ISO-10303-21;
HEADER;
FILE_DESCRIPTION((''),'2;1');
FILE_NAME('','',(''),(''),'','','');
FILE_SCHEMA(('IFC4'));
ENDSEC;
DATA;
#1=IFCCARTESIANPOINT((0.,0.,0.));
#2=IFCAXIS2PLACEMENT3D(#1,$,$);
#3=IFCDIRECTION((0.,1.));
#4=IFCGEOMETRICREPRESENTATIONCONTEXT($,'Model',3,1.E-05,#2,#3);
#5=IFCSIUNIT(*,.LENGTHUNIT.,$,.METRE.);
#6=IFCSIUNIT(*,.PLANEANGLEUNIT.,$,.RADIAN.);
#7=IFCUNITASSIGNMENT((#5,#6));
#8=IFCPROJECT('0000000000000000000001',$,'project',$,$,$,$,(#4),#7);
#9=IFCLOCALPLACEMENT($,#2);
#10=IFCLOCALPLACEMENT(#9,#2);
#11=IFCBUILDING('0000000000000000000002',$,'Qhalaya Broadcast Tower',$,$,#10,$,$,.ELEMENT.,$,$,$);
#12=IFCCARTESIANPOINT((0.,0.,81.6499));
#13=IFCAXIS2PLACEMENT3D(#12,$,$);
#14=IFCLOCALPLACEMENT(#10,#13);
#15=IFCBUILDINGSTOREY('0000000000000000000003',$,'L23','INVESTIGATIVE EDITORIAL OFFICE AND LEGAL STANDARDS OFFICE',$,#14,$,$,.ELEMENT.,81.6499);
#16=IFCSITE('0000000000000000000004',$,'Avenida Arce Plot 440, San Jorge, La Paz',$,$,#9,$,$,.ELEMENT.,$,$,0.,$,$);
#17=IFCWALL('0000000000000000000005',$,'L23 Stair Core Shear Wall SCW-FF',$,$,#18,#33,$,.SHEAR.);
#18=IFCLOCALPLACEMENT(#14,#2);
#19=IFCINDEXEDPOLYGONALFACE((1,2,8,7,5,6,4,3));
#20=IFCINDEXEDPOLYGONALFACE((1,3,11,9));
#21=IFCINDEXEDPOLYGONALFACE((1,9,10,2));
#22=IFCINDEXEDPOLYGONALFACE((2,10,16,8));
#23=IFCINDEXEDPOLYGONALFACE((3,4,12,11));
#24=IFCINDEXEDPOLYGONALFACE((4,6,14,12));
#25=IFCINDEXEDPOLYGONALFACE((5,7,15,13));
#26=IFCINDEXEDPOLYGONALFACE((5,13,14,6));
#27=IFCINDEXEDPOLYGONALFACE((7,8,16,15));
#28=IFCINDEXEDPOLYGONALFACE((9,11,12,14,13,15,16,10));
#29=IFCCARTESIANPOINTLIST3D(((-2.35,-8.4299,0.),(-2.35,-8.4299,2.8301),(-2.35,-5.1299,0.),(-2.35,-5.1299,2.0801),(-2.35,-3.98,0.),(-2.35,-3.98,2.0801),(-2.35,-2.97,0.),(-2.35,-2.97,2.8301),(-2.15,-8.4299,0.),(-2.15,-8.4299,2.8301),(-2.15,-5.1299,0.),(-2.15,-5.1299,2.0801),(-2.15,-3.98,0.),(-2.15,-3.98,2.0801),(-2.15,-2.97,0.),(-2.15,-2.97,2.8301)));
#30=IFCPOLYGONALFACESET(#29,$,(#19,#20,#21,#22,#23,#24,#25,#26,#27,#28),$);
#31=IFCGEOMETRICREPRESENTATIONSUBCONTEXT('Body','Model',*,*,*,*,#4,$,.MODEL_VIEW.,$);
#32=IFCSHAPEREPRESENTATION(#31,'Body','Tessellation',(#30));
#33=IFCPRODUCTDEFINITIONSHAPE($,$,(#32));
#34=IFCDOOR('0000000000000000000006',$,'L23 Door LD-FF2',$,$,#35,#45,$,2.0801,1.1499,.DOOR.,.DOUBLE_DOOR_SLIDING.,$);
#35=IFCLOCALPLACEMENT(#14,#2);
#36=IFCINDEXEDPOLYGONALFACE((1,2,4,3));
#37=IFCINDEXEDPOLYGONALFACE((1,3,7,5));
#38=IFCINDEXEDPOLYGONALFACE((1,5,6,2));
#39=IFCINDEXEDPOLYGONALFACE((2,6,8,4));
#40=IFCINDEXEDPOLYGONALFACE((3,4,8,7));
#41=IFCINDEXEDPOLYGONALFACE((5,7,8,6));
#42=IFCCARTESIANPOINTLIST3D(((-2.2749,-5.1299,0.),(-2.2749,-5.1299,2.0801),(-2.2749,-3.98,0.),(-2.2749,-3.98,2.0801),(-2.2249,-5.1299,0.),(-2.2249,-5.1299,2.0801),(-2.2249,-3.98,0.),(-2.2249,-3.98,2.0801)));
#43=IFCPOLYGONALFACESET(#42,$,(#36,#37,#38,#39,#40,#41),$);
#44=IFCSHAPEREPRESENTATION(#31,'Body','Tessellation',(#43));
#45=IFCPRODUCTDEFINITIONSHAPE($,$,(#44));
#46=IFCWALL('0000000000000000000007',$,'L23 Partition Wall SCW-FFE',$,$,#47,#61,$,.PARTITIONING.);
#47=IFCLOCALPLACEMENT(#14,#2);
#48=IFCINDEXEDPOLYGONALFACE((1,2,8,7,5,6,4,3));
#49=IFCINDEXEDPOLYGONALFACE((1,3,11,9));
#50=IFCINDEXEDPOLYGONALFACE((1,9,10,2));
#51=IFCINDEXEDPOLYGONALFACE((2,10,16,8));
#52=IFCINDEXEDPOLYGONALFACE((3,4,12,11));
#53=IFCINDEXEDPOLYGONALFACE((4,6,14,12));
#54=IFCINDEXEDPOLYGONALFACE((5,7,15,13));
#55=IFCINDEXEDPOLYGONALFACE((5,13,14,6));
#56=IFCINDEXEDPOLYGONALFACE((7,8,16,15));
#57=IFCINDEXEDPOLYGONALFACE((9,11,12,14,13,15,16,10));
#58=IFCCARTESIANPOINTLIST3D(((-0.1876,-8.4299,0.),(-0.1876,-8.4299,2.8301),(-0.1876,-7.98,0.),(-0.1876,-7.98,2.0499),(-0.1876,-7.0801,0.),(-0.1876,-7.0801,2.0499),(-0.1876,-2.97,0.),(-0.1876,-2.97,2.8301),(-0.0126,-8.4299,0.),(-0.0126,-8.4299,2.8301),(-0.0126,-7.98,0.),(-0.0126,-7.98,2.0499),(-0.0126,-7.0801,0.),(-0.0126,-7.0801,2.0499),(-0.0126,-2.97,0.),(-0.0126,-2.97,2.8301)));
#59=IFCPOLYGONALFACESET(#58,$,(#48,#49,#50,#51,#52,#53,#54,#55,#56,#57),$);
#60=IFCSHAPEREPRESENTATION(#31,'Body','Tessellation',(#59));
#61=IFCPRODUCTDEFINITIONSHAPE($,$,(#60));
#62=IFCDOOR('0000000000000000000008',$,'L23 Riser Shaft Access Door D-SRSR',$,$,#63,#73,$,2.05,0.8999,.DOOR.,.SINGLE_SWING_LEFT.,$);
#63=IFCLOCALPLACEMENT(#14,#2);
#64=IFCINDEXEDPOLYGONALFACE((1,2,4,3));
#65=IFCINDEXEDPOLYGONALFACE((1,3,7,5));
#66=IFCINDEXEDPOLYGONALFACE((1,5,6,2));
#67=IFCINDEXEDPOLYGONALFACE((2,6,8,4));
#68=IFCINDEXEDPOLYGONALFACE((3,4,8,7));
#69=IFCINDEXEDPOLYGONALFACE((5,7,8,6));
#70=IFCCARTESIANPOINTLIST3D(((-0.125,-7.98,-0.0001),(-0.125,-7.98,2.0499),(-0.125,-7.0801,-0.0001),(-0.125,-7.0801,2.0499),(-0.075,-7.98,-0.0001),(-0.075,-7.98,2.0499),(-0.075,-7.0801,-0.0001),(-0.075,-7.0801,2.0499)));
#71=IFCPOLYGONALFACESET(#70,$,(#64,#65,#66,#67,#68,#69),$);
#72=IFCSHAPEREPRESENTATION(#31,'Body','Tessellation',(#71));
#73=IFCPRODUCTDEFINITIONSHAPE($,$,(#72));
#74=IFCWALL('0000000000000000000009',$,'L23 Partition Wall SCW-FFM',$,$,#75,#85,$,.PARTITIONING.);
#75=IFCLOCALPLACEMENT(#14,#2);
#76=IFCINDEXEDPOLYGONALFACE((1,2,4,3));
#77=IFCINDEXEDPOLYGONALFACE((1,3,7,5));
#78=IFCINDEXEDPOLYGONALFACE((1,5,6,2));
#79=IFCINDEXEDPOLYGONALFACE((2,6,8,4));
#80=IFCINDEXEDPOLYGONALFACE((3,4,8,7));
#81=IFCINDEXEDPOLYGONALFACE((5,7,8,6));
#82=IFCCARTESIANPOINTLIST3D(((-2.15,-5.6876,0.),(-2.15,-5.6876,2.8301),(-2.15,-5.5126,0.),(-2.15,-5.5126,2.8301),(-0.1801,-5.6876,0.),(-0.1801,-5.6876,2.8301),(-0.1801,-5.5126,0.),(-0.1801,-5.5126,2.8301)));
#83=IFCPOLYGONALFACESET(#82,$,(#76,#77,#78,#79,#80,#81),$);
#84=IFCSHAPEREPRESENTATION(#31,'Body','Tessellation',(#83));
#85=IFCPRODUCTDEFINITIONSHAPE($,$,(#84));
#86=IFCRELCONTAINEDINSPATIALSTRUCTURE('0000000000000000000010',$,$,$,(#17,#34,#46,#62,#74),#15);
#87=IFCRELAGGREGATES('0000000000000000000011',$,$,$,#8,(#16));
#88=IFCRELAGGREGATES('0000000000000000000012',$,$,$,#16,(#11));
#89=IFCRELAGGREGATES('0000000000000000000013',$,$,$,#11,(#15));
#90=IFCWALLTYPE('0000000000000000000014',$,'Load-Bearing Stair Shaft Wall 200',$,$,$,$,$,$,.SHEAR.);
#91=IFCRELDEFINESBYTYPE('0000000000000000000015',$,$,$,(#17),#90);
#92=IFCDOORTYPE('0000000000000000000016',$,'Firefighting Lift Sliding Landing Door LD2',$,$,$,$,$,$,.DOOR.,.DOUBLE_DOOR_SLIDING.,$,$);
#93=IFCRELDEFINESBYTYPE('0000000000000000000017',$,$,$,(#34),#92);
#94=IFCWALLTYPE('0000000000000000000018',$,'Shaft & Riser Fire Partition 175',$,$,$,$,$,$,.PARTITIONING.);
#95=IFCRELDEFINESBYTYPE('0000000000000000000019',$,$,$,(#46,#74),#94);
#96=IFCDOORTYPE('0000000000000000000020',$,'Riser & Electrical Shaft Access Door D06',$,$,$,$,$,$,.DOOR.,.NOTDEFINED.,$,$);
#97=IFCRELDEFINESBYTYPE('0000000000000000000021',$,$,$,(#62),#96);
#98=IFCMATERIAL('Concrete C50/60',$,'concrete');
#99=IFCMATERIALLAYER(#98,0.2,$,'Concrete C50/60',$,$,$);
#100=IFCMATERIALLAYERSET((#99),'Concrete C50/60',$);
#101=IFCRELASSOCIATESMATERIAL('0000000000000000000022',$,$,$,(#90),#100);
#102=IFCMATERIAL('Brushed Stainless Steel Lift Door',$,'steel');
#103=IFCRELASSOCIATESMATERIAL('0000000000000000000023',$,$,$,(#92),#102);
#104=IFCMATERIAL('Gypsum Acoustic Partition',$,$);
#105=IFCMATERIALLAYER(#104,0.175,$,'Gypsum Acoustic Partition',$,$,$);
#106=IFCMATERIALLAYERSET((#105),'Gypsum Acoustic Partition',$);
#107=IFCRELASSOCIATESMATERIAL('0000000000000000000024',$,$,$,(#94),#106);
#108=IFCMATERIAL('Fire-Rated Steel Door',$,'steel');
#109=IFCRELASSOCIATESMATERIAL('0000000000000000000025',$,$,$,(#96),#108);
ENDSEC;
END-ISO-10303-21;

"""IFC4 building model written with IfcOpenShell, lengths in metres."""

from ifc_helpers import new_model, si_unit, direction, frame, frame_2d, origin, place, context, subcontext, project, spatial, rectangle, extrude, material, layer, layer_set, type_object, element, fill, save


model = new_model("IFC4")

# Units and contexts
model_context = context("Model", 3, precision=1e-05, world=origin(), true_north=direction((0.0, 1.0)))
body_context = subcontext(model_context, "Body", "Model", "MODEL_VIEW")
ifc_project = project(units=[si_unit("LENGTHUNIT", "METRE"), si_unit("PLANEANGLEUNIT", "RADIAN")], contexts=[model_context])

# Site, building, storey
site_placement = place(None, origin())
site = spatial("IfcSite", under=ifc_project, at=site_placement, Name="Avenida Arce Plot 440, San Jorge, La Paz", CompositionType="ELEMENT", RefElevation=0.0)
building_placement = place(site_placement, origin())
building = spatial("IfcBuilding", under=site, at=building_placement, Name="Qhalaya Broadcast Tower", CompositionType="ELEMENT")
storey_placement = place(building_placement, frame((0.0, 0.0, 81.6499)))
storey = spatial("IfcBuildingStorey", under=building, at=storey_placement, Name="L23", Description="INVESTIGATIVE EDITORIAL OFFICE AND LEGAL STANDARDS OFFICE", CompositionType="ELEMENT", Elevation=81.6499)

# Shared definitions
ifc_material_1 = material(Name="Concrete C50/60", Category="concrete")

# Walls, openings, doors
ifc_layer_1 = layer(ifc_material_1, 0.2, Name="Concrete C50/60")
ifc_layer_set_1 = layer_set([ifc_layer_1], Name="Concrete C50/60")
wall_type_1 = type_object("IfcWallType", Name="Load-Bearing Stair Shaft Wall 200", PredefinedType="SHEAR", material=ifc_layer_set_1)
wall_1_placement = place(storey_placement, frame((-2.25, -8.4299, 0.0), z_axis=(0.0, 0.0, 1.0), x_axis=(0.0, 1.0, 0.0)))
wall_1 = element("IfcWall", 1, at=wall_1_placement, inside=storey, type_object=wall_type_1, Name="L23 Stair Core Shear Wall SCW-FF", PredefinedType="SHEAR", context=body_context, shape_type="SweptSolid", body=[
    extrude(rectangle(XDim=5.46, YDim=0.2, at=frame_2d((2.73, 0.0))), origin(), (0.0, 0.0, 1.0), 2.8301),
])
opening_1_placement = place(wall_1_placement, frame((3.3, 0.0, 0.0)))
opening_1 = element("IfcOpeningElement", 2, at=opening_1_placement, cuts=wall_1, PredefinedType="OPENING", context=body_context, shape_type="SweptSolid", body=[
    extrude(rectangle(XDim=1.1499, YDim=2.0801, at=frame_2d((0.575, 1.04))), frame((0.0, 0.1121, 0.0), z_axis=(0.0, -1.0, 0.0), x_axis=(1.0, 0.0, 0.0)), (0.0, 0.0, 1.0), 0.2239),
])
ifc_material_2 = material(Name="Brushed Stainless Steel Lift Door", Category="steel")
door_type_1 = type_object("IfcDoorType", Name="Firefighting Lift Sliding Landing Door LD2", OperationType="DOUBLE_DOOR_SLIDING", PredefinedType="DOOR", material=ifc_material_2)
door_1_placement = place(opening_1_placement, origin())
door_1 = element("IfcDoor", 3, at=door_1_placement, inside=storey, type_object=door_type_1, Name="L23 Door LD-FF2", OperationType="DOUBLE_DOOR_SLIDING", OverallHeight=2.0801, OverallWidth=1.1499, PredefinedType="DOOR", context=body_context, shape_type="SweptSolid", body=[
    extrude(rectangle(XDim=1.1499, YDim=2.0801, at=frame_2d((0.575, 1.04))), frame((0.0, 0.0249, 0.0), z_axis=(0.0, -1.0, 0.0), x_axis=(1.0, 0.0, 0.0)), (0.0, 0.0, 1.0), 0.05),
])
fill(opening_1, door_1)
ifc_material_3 = material(Name="Gypsum Acoustic Partition")
ifc_layer_2 = layer(ifc_material_3, 0.175, Name="Gypsum Acoustic Partition")
ifc_layer_set_2 = layer_set([ifc_layer_2], Name="Gypsum Acoustic Partition")
wall_type_2 = type_object("IfcWallType", Name="Shaft & Riser Fire Partition 175", PredefinedType="PARTITIONING", material=ifc_layer_set_2)
wall_2_placement = place(storey_placement, frame((-0.1001, -8.4299, 0.0), z_axis=(0.0, 0.0, 1.0), x_axis=(0.0, 1.0, 0.0)))
wall_2 = element("IfcWall", 4, at=wall_2_placement, inside=storey, type_object=wall_type_2, Name="L23 Partition Wall SCW-FFE", PredefinedType="PARTITIONING", context=body_context, shape_type="SweptSolid", body=[
    extrude(rectangle(XDim=5.46, YDim=0.175, at=frame_2d((2.73, 0.0))), origin(), (0.0, 0.0, 1.0), 2.8301),
])
opening_2_placement = place(wall_2_placement, frame((0.45, 0.0, 0.0)))
opening_2 = element("IfcOpeningElement", 5, at=opening_2_placement, cuts=wall_2, PredefinedType="OPENING", context=body_context, shape_type="SweptSolid", body=[
    extrude(rectangle(XDim=0.8999, YDim=2.05, at=frame_2d((0.45, 1.0249))), frame((0.0, 0.0996, 0.0), z_axis=(0.0, -1.0, 0.0), x_axis=(1.0, 0.0, 0.0)), (0.0, 0.0, 1.0), 0.199),
])
ifc_material_4 = material(Name="Fire-Rated Steel Door", Category="steel")
door_type_2 = type_object("IfcDoorType", Name="Riser & Electrical Shaft Access Door D06", OperationType="NOTDEFINED", PredefinedType="DOOR", material=ifc_material_4)
door_2_placement = place(opening_2_placement, origin())
door_2 = element("IfcDoor", 6, at=door_2_placement, inside=storey, type_object=door_type_2, Name="L23 Riser Shaft Access Door D-SRSR", OperationType="SINGLE_SWING_LEFT", OverallHeight=2.05, OverallWidth=0.8999, PredefinedType="DOOR", context=body_context, shape_type="SweptSolid", body=[
    extrude(rectangle(XDim=0.8999, YDim=2.05, at=frame_2d((0.45, 1.0249))), frame((0.0, 0.0249, 0.0), z_axis=(0.0, -1.0, 0.0), x_axis=(1.0, 0.0, 0.0)), (0.0, 0.0, 1.0), 0.05),
])
fill(opening_2, door_2)

# Wall
wall_3_placement = place(storey_placement, frame((-2.1499, -5.6001, 0.0), z_axis=(0.0, 0.0, 1.0), x_axis=(1.0, 0.0, 0.0)))
element("IfcWall", 7, at=wall_3_placement, inside=storey, type_object=wall_type_2, Name="L23 Partition Wall SCW-FFM", PredefinedType="PARTITIONING", context=body_context, shape_type="SweptSolid", body=[
    extrude(rectangle(XDim=1.97, YDim=0.175, at=frame_2d((0.9849, 0.0))), origin(), (0.0, 0.0, 1.0), 2.8301),
])

save(model, "model.ifc")
